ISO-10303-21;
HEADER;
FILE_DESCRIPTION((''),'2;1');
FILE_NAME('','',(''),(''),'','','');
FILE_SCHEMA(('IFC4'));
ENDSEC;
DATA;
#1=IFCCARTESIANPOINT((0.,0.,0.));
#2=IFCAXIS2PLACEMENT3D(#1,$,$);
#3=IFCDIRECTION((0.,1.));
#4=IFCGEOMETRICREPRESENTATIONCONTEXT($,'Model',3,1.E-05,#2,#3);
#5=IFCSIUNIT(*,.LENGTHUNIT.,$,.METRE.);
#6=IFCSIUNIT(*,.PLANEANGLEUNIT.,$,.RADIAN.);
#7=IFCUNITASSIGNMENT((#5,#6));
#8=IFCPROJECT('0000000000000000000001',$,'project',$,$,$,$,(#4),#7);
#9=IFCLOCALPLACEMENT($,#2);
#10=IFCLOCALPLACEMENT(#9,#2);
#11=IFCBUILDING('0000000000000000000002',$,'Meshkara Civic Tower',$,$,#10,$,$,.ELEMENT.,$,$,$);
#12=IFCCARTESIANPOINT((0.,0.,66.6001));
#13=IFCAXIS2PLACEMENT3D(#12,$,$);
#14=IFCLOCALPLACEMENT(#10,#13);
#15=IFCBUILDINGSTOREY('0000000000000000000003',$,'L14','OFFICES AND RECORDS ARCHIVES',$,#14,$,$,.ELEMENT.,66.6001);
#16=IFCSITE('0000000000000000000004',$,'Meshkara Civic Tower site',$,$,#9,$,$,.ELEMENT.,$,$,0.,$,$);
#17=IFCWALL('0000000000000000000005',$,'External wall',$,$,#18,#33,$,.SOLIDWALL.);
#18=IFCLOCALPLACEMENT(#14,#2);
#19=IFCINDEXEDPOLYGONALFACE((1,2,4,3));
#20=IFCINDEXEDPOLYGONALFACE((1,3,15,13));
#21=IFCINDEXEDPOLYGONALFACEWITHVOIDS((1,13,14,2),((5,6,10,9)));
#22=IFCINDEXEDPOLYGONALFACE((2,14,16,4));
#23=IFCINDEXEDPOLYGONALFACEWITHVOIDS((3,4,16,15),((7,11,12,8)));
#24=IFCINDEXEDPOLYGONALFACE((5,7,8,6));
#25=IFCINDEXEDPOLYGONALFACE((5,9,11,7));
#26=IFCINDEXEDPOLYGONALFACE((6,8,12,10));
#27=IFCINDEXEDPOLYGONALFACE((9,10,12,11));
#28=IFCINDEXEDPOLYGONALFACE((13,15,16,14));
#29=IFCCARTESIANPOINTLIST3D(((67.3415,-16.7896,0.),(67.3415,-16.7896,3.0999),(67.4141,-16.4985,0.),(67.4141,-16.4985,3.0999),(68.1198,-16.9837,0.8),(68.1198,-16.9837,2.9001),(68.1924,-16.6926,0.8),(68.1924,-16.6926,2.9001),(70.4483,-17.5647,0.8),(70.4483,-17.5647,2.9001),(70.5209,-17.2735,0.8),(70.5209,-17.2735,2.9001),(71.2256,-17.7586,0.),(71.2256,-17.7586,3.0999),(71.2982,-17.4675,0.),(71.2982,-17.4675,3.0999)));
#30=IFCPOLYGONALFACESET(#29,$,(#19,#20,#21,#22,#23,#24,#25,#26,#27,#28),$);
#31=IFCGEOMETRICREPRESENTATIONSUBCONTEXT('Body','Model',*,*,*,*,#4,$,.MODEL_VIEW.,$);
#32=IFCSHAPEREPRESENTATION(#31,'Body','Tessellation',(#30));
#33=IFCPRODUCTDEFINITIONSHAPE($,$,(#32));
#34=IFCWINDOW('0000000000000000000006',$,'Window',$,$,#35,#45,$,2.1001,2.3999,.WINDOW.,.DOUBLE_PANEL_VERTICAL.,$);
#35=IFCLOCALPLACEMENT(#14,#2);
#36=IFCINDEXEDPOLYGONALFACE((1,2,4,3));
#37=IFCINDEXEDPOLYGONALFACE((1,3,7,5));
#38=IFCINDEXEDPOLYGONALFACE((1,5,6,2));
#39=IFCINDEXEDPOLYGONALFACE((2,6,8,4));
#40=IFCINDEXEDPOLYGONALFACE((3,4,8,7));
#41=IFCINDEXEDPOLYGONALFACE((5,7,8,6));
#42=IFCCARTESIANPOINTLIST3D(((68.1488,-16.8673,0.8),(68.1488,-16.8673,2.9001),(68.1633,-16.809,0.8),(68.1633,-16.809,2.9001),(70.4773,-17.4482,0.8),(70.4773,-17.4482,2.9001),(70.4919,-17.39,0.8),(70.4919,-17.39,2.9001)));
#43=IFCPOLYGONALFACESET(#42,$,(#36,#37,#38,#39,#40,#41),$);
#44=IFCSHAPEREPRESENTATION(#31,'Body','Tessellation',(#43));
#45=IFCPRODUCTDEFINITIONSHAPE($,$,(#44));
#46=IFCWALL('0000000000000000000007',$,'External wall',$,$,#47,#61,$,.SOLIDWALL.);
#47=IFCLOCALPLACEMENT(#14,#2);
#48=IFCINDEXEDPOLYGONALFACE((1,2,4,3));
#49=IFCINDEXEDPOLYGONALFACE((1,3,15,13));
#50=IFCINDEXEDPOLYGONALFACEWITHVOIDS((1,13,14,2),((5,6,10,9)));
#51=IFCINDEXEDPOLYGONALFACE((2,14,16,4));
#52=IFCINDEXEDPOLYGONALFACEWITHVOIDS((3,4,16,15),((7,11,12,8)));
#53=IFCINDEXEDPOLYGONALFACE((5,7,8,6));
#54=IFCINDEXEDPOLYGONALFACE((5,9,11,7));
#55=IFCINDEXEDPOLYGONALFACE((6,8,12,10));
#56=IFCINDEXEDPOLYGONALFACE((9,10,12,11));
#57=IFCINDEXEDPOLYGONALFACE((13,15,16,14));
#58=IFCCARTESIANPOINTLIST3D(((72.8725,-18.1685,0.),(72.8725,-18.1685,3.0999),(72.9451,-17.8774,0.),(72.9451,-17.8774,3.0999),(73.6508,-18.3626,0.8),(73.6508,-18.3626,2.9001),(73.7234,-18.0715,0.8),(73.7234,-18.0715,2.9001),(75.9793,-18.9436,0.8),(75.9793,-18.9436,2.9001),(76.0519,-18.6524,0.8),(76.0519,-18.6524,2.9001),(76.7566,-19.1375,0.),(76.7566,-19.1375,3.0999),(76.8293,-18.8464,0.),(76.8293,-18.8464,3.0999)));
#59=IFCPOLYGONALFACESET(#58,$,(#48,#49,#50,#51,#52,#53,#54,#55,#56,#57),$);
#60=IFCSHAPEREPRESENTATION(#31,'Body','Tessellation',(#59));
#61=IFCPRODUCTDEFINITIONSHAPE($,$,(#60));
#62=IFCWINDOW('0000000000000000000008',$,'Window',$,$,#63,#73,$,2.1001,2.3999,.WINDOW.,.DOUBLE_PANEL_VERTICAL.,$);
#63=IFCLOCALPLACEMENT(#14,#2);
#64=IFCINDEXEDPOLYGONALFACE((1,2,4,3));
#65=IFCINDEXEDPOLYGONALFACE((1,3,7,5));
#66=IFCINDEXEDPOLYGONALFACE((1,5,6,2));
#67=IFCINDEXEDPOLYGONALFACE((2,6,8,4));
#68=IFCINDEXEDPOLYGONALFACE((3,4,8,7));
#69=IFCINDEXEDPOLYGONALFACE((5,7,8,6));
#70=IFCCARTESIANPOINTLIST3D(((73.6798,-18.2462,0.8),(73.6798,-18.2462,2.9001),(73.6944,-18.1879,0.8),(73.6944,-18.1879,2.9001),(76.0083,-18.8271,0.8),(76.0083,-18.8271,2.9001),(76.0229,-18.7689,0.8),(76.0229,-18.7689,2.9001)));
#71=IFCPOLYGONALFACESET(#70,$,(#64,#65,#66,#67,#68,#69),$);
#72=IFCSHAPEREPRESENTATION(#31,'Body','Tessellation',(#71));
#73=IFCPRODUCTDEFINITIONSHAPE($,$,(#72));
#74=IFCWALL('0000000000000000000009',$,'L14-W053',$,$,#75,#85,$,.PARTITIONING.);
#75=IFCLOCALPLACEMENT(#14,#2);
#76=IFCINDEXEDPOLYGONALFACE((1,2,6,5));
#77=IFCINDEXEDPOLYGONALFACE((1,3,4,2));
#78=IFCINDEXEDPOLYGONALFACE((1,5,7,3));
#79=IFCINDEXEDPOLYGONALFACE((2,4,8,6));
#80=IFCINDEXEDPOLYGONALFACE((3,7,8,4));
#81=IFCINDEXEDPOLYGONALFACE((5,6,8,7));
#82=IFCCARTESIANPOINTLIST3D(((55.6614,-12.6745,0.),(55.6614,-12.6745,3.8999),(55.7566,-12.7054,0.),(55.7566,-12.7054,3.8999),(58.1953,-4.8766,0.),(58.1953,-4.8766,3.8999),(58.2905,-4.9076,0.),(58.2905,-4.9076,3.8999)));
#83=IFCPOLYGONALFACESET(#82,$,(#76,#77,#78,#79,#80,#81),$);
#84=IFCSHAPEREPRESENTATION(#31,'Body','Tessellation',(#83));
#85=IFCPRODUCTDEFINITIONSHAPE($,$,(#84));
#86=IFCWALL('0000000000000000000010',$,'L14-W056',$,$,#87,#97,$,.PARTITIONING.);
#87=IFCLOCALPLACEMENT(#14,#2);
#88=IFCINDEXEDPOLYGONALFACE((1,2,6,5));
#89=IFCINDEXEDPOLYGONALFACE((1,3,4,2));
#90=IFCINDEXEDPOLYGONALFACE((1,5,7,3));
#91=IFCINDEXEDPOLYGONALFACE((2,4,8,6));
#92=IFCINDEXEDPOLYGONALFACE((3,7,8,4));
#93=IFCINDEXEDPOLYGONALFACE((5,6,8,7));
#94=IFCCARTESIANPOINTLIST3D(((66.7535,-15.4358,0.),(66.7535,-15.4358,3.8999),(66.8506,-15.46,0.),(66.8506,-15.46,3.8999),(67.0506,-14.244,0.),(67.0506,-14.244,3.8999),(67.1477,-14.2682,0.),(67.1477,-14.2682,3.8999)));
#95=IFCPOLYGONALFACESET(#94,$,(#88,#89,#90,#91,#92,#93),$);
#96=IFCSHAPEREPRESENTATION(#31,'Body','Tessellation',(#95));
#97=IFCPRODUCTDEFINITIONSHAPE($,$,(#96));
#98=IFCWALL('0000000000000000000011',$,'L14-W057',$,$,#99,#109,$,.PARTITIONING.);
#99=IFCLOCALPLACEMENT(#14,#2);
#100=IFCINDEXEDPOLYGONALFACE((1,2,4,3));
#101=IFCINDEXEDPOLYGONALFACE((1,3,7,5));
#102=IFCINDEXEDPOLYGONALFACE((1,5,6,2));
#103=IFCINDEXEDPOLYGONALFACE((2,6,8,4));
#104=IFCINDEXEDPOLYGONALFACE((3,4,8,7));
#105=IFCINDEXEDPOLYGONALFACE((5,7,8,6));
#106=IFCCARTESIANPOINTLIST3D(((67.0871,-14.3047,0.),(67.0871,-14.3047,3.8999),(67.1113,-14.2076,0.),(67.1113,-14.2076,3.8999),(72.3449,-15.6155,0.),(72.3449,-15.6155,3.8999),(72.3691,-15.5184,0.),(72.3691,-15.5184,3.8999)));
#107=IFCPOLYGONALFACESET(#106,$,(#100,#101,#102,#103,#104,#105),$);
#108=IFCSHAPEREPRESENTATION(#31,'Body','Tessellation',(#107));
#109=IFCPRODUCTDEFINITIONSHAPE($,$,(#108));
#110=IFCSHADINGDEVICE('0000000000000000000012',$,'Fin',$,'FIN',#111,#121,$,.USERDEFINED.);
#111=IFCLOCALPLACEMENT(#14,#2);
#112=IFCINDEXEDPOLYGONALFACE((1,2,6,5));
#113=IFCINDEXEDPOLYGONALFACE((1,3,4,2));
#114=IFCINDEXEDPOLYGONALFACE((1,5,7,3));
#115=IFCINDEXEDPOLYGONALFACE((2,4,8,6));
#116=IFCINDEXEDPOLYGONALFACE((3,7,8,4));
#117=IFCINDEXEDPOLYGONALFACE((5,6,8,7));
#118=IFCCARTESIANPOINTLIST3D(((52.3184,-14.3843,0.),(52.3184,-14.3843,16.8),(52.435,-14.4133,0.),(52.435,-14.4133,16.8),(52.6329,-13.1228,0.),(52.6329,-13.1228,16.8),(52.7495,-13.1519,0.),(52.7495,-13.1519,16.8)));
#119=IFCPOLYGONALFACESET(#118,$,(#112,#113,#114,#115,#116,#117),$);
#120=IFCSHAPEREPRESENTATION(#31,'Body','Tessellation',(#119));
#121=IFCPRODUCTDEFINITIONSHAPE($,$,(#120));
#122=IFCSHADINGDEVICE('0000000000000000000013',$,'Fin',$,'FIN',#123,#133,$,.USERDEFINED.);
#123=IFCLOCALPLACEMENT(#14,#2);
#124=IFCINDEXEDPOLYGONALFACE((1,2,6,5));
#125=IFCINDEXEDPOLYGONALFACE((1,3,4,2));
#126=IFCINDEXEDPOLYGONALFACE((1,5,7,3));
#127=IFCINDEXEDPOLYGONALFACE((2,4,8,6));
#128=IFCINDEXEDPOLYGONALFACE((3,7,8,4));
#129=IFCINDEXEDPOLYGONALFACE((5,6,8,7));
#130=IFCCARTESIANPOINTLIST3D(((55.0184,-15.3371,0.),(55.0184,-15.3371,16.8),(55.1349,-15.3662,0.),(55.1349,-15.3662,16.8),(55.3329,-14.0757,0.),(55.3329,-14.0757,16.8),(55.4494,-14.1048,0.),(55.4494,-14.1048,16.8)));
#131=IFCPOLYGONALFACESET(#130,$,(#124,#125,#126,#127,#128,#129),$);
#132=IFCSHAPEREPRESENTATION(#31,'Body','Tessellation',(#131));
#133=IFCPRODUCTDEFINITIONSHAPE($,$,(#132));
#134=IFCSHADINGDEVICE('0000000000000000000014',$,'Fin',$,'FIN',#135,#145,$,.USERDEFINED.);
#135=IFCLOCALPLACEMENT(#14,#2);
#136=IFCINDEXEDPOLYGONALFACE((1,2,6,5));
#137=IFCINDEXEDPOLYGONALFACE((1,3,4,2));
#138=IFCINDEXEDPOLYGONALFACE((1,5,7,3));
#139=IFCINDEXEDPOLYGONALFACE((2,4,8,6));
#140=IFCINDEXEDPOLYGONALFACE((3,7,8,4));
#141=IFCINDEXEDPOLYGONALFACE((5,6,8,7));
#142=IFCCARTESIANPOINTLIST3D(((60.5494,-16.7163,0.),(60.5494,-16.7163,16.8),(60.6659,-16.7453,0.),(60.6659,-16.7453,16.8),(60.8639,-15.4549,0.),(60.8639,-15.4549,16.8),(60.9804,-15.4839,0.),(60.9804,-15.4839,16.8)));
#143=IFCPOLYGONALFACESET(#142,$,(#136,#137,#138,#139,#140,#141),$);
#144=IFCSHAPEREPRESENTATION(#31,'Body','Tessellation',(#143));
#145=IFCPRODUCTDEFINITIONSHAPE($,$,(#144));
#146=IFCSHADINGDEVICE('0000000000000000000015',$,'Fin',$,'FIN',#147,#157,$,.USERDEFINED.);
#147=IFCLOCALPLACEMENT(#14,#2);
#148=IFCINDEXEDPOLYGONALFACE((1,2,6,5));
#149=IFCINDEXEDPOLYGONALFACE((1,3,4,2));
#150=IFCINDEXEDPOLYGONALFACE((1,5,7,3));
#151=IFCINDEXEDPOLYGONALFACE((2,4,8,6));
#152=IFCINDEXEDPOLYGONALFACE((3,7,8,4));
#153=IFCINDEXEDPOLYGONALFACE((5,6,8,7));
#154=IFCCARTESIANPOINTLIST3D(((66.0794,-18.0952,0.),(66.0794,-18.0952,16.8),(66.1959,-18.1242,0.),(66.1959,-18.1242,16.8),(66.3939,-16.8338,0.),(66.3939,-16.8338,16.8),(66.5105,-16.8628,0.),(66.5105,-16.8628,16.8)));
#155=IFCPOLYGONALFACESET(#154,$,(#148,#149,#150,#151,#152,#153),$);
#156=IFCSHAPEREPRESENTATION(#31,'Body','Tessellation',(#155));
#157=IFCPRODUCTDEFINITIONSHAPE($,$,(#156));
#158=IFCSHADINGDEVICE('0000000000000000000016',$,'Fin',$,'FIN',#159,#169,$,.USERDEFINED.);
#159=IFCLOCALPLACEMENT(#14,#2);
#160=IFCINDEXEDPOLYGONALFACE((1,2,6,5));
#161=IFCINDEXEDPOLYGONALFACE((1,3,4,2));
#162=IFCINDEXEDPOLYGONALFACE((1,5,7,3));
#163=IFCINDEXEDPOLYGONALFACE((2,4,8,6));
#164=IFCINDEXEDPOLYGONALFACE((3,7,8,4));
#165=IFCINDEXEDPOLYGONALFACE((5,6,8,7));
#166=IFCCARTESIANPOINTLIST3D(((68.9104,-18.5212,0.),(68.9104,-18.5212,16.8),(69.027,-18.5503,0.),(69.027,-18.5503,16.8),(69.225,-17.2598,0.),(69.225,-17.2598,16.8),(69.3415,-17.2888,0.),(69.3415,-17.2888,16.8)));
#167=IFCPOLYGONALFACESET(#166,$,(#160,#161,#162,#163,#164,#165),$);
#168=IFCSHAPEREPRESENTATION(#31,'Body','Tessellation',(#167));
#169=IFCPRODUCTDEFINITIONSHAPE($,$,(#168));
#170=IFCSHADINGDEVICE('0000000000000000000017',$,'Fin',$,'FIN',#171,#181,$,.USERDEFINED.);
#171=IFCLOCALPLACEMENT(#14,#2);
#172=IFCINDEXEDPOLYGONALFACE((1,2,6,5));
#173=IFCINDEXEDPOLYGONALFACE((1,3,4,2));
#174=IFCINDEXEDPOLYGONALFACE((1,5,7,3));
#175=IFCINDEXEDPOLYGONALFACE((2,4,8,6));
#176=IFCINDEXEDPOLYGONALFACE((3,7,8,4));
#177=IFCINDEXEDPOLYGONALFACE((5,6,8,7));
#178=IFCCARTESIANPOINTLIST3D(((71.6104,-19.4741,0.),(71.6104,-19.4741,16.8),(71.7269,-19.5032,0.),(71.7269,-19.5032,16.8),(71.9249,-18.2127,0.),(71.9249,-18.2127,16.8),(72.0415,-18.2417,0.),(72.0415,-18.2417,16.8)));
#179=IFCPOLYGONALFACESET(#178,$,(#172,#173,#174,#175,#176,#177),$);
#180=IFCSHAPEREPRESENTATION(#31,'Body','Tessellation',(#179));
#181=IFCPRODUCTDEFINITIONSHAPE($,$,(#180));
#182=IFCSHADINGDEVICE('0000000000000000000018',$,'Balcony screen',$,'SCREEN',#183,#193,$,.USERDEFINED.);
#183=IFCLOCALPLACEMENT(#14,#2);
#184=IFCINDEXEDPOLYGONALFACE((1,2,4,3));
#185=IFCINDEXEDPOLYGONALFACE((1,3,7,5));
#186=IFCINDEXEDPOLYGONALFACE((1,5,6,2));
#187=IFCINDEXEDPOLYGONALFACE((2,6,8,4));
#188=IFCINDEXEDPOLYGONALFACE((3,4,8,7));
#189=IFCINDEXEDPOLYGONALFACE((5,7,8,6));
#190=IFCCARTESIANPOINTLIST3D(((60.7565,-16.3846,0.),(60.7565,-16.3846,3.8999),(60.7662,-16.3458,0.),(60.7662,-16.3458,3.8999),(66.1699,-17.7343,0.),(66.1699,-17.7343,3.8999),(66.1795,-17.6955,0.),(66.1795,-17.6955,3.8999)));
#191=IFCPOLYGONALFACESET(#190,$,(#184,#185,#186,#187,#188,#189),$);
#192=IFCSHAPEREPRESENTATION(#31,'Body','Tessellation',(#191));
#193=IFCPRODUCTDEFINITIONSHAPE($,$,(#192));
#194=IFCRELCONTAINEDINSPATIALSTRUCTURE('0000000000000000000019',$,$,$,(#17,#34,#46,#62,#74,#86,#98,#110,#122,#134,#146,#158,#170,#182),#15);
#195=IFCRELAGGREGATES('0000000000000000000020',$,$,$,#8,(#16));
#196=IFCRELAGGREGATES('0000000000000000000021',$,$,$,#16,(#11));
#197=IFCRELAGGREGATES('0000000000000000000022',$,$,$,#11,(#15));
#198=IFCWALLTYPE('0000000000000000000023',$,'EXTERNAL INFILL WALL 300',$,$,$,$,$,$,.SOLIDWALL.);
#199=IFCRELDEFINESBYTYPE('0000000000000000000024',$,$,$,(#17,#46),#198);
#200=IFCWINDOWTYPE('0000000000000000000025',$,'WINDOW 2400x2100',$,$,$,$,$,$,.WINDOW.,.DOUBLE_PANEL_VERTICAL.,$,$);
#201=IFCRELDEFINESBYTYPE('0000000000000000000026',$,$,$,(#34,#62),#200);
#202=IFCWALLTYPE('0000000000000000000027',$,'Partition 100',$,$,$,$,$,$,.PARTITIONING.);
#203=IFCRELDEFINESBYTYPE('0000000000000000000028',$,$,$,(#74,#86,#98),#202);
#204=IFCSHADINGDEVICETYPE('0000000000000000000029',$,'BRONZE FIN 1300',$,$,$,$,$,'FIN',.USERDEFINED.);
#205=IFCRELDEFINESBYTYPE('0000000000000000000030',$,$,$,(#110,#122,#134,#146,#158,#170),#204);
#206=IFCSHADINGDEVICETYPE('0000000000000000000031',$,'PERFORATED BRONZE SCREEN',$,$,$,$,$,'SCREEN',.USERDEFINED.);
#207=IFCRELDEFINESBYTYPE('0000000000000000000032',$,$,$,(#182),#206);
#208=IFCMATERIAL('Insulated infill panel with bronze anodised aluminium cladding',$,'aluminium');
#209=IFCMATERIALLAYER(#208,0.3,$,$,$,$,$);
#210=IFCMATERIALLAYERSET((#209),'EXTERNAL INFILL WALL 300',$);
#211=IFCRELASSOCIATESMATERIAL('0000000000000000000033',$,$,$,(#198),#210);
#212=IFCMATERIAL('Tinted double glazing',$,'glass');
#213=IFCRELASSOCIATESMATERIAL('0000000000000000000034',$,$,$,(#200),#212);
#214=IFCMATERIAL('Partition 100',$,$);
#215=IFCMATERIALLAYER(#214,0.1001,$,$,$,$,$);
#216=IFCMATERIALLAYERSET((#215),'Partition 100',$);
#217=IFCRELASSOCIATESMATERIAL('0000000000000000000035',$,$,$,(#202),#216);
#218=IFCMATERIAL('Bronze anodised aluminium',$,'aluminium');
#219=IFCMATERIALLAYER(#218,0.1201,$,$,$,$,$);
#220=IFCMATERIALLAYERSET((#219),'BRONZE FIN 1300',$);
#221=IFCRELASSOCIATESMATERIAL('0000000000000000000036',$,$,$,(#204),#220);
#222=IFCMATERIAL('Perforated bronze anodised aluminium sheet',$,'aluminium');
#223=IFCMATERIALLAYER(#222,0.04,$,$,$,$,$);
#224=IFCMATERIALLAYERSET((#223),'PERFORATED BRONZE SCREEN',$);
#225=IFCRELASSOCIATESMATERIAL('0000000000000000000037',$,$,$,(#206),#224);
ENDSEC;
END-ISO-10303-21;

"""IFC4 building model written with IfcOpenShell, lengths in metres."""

from ifc_helpers import new_model, si_unit, direction, frame, frame_2d, origin, origin_2d, place, context, subcontext, project, spatial, rectangle, extrude, material, layer, layer_set, type_object, element, fill, save


model = new_model("IFC4")

# Units and contexts
model_context = context("Model", 3, precision=1e-05, world=origin(), true_north=direction((0.0, 1.0)))
body_context = subcontext(model_context, "Body", "Model", "MODEL_VIEW")
ifc_project = project(units=[si_unit("LENGTHUNIT", "METRE"), si_unit("PLANEANGLEUNIT", "RADIAN")], contexts=[model_context])

# Site, building, storey
site_placement = place(None, origin())
site = spatial("IfcSite", under=ifc_project, at=site_placement, Name="Meshkara Civic Tower site", CompositionType="ELEMENT", RefElevation=0.0)
building_placement = place(site_placement, origin())
building = spatial("IfcBuilding", under=site, at=building_placement, Name="Meshkara Civic Tower", CompositionType="ELEMENT")
storey_placement = place(building_placement, frame((0.0, 0.0, 66.6001)))
storey = spatial("IfcBuildingStorey", under=building, at=storey_placement, Name="L14", Description="OFFICES AND RECORDS ARCHIVES", CompositionType="ELEMENT", Elevation=66.6001)

# Walls, openings, windows
ifc_material_1 = material(Name="Insulated infill panel with bronze anodised aluminium cladding", Category="aluminium")
ifc_layer_1 = layer(ifc_material_1, 0.3)
ifc_layer_set_1 = layer_set([ifc_layer_1], Name="EXTERNAL INFILL WALL 300")
wall_type_1 = type_object("IfcWallType", Name="EXTERNAL INFILL WALL 300", PredefinedType="SOLIDWALL", material=ifc_layer_set_1)
ifc_material_2 = material(Name="Tinted double glazing", Category="glass")
window_type = type_object("IfcWindowType", Name="WINDOW 2400x2100", PartitioningType="DOUBLE_PANEL_VERTICAL", PredefinedType="WINDOW", material=ifc_material_2)
wall_1_placement = place(storey_placement, frame((67.3779, -16.644, 0.0), z_axis=(0.0, 0.0, 1.0), x_axis=(0.970261, -0.242062, 0.0)))
wall_1 = element("IfcWall", 1, at=wall_1_placement, inside=storey, type_object=wall_type_1, Name="External wall", PredefinedType="SOLIDWALL", context=body_context, shape_type="SweptSolid", body=[
    extrude(rectangle(XDim=4.0032, YDim=0.3, at=frame_2d((2.0015, 0.0))), origin(), (0.0, 0.0, 1.0), 3.0999),
])
opening_1_placement = place(wall_1_placement, frame((0.802, 0.0, 0.8)))
opening_1 = element("IfcOpeningElement", 2, at=opening_1_placement, cuts=wall_1, PredefinedType="OPENING", context=body_context, shape_type="SweptSolid", body=[
    extrude(rectangle(XDim=2.3999, YDim=2.1001, at=frame_2d((1.2, 1.05))), frame((0.0, 0.1599, 0.0), z_axis=(0.0, -1.0, 0.0), x_axis=(1.0, 0.0, 0.0)), (0.0, 0.0, 1.0), 0.3201),
])
window_1_placement = place(opening_1_placement, origin())
window_1 = element("IfcWindow", 3, at=window_1_placement, inside=storey, type_object=window_type, Name="Window", OverallHeight=2.1001, OverallWidth=2.3999, PartitioningType="DOUBLE_PANEL_VERTICAL", PredefinedType="WINDOW", context=body_context, shape_type="SweptSolid", body=[
    extrude(rectangle(XDim=2.3999, YDim=2.1001, at=frame_2d((1.2, 1.05))), frame((0.0, 0.03, 0.0), z_axis=(0.0, -1.0, 0.0), x_axis=(1.0, 0.0, 0.0)), (0.0, 0.0, 1.0), 0.0601),
])
fill(opening_1, window_1)
wall_2_placement = place(storey_placement, frame((72.9089, -18.0229, 0.0), z_axis=(0.0, 0.0, 1.0), x_axis=(0.970261, -0.242062, 0.0)))
wall_2 = element("IfcWall", 4, at=wall_2_placement, inside=storey, type_object=wall_type_1, Name="External wall", PredefinedType="SOLIDWALL", context=body_context, shape_type="SweptSolid", body=[
    extrude(rectangle(XDim=4.0032, YDim=0.3, at=frame_2d((2.0015, 0.0))), origin(), (0.0, 0.0, 1.0), 3.0999),
])
opening_2_placement = place(wall_2_placement, frame((0.802, 0.0, 0.8)))
opening_2 = element("IfcOpeningElement", 5, at=opening_2_placement, cuts=wall_2, PredefinedType="OPENING", context=body_context, shape_type="SweptSolid", body=[
    extrude(rectangle(XDim=2.3999, YDim=2.1001, at=frame_2d((1.2, 1.05))), frame((0.0, 0.1599, 0.0), z_axis=(0.0, -1.0, 0.0), x_axis=(1.0, 0.0, 0.0)), (0.0, 0.0, 1.0), 0.3201),
])
window_2_placement = place(opening_2_placement, origin())
window_2 = element("IfcWindow", 6, at=window_2_placement, inside=storey, type_object=window_type, Name="Window", OverallHeight=2.1001, OverallWidth=2.3999, PartitioningType="DOUBLE_PANEL_VERTICAL", PredefinedType="WINDOW", context=body_context, shape_type="SweptSolid", body=[
    extrude(rectangle(XDim=2.3999, YDim=2.1001, at=frame_2d((1.2, 1.05))), frame((0.0, 0.03, 0.0), z_axis=(0.0, -1.0, 0.0), x_axis=(1.0, 0.0, 0.0)), (0.0, 0.0, 1.0), 0.0601),
])
fill(opening_2, window_2)

# Walls
ifc_material_3 = material(Name="Partition 100")
ifc_layer_2 = layer(ifc_material_3, 0.1001)
ifc_layer_set_2 = layer_set([ifc_layer_2], Name="Partition 100")
wall_type_2 = type_object("IfcWallType", Name="Partition 100", PredefinedType="PARTITIONING", material=ifc_layer_set_2)
wall_3_placement = place(storey_placement, frame((55.709, -12.6899, 0.0), z_axis=(0.0, 0.0, 1.0), x_axis=(0.309046, 0.951047, 0.0)))
element("IfcWall", 7, at=wall_3_placement, inside=storey, type_object=wall_type_2, Name="L14-W053", PredefinedType="PARTITIONING", context=body_context, shape_type="SweptSolid", body=[
    extrude(rectangle(XDim=8.1992, YDim=0.1001, at=frame_2d((4.0996, 0.0))), origin(), (0.0, 0.0, 1.0), 3.8999),
])
wall_4_placement = place(storey_placement, frame((66.802, -15.448, 0.0), z_axis=(0.0, 0.0, 1.0), x_axis=(0.241881, 0.970306, 0.0)))
element("IfcWall", 8, at=wall_4_placement, inside=storey, type_object=wall_type_2, Name="L14-W056", PredefinedType="PARTITIONING", context=body_context, shape_type="SweptSolid", body=[
    extrude(rectangle(XDim=1.2283, YDim=0.1001, at=frame_2d((0.6143, 0.0))), origin(), (0.0, 0.0, 1.0), 3.8999),
])
wall_5_placement = place(storey_placement, frame((67.0991, -14.2561, 0.0), z_axis=(0.0, 0.0, 1.0), x_axis=(0.970301, -0.2419, 0.0)))
element("IfcWall", 9, at=wall_5_placement, inside=storey, type_object=wall_type_2, Name="L14-W057", PredefinedType="PARTITIONING", context=body_context, shape_type="SweptSolid", body=[
    extrude(rectangle(XDim=5.4187, YDim=0.1001, at=frame_2d((2.7095, 0.0))), origin(), (0.0, 0.0, 1.0), 3.8999),
])

# Shading devices
ifc_material_4 = material(Name="Bronze anodised aluminium", Category="aluminium")
ifc_layer_3 = layer(ifc_material_4, 0.1201)
ifc_layer_set_3 = layer_set([ifc_layer_3], Name="BRONZE FIN 1300")
shading_device_type_1 = type_object("IfcShadingDeviceType", Name="BRONZE FIN 1300", ElementType="FIN", PredefinedType="USERDEFINED", material=ifc_layer_set_3)
for number, where, z_axis, x_axis, name in (
    (10, (52.5339, -13.7681, 0.0), (0.0, 0.0, 1.0), (0.970296, -0.241922, 0.0), "Fin"),
    (11, (55.2339, -14.7209, 0.0), (0.0, 0.0, 1.0), (0.970296, -0.241922, 0.0), "Fin"),
    (12, (60.7649, -16.1001, 0.0), (0.0, 0.0, 1.0), (0.970296, -0.241922, 0.0), "Fin"),
    (13, (66.2949, -17.479, 0.0), (0.0, 0.0, 1.0), (0.970296, -0.241922, 0.0), "Fin"),
    (14, (69.126, -17.905, 0.0), (0.0, 0.0, 1.0), (0.970296, -0.241922, 0.0), "Fin"),
    (15, (71.8259, -18.8579, 0.0), (0.0, 0.0, 1.0), (0.970296, -0.241922, 0.0), "Fin"),
):
    element("IfcShadingDevice", number, at=place(storey_placement, frame(where, z_axis=z_axis, x_axis=x_axis)), inside=storey, type_object=shading_device_type_1, Name=name, ObjectType="FIN", PredefinedType="USERDEFINED", context=body_context, shape_type="SweptSolid", body=[
        extrude(rectangle(XDim=0.1201, YDim=1.3, at=origin_2d()), origin(), (0.0, 0.0, 1.0), 16.8),
    ])
ifc_material_5 = material(Name="Perforated bronze anodised aluminium sheet", Category="aluminium")
ifc_layer_4 = layer(ifc_material_5, 0.04)
ifc_layer_set_4 = layer_set([ifc_layer_4], Name="PERFORATED BRONZE SCREEN")
shading_device_type_2 = type_object("IfcShadingDeviceType", Name="PERFORATED BRONZE SCREEN", ElementType="SCREEN", PredefinedType="USERDEFINED", material=ifc_layer_set_4)
shading_device_placement = place(storey_placement, frame((63.468, -17.04, 0.0), z_axis=(0.0, 0.0, 1.0), x_axis=(0.970296, -0.241922, 0.0)))
element("IfcShadingDevice", 16, at=shading_device_placement, inside=storey, type_object=shading_device_type_2, Name="Balcony screen", ObjectType="SCREEN", PredefinedType="USERDEFINED", context=body_context, shape_type="SweptSolid", body=[
    extrude(rectangle(XDim=5.5791, YDim=0.04, at=origin_2d()), origin(), (0.0, 0.0, 1.0), 3.8999),
])

save(model, "model.ifc")
